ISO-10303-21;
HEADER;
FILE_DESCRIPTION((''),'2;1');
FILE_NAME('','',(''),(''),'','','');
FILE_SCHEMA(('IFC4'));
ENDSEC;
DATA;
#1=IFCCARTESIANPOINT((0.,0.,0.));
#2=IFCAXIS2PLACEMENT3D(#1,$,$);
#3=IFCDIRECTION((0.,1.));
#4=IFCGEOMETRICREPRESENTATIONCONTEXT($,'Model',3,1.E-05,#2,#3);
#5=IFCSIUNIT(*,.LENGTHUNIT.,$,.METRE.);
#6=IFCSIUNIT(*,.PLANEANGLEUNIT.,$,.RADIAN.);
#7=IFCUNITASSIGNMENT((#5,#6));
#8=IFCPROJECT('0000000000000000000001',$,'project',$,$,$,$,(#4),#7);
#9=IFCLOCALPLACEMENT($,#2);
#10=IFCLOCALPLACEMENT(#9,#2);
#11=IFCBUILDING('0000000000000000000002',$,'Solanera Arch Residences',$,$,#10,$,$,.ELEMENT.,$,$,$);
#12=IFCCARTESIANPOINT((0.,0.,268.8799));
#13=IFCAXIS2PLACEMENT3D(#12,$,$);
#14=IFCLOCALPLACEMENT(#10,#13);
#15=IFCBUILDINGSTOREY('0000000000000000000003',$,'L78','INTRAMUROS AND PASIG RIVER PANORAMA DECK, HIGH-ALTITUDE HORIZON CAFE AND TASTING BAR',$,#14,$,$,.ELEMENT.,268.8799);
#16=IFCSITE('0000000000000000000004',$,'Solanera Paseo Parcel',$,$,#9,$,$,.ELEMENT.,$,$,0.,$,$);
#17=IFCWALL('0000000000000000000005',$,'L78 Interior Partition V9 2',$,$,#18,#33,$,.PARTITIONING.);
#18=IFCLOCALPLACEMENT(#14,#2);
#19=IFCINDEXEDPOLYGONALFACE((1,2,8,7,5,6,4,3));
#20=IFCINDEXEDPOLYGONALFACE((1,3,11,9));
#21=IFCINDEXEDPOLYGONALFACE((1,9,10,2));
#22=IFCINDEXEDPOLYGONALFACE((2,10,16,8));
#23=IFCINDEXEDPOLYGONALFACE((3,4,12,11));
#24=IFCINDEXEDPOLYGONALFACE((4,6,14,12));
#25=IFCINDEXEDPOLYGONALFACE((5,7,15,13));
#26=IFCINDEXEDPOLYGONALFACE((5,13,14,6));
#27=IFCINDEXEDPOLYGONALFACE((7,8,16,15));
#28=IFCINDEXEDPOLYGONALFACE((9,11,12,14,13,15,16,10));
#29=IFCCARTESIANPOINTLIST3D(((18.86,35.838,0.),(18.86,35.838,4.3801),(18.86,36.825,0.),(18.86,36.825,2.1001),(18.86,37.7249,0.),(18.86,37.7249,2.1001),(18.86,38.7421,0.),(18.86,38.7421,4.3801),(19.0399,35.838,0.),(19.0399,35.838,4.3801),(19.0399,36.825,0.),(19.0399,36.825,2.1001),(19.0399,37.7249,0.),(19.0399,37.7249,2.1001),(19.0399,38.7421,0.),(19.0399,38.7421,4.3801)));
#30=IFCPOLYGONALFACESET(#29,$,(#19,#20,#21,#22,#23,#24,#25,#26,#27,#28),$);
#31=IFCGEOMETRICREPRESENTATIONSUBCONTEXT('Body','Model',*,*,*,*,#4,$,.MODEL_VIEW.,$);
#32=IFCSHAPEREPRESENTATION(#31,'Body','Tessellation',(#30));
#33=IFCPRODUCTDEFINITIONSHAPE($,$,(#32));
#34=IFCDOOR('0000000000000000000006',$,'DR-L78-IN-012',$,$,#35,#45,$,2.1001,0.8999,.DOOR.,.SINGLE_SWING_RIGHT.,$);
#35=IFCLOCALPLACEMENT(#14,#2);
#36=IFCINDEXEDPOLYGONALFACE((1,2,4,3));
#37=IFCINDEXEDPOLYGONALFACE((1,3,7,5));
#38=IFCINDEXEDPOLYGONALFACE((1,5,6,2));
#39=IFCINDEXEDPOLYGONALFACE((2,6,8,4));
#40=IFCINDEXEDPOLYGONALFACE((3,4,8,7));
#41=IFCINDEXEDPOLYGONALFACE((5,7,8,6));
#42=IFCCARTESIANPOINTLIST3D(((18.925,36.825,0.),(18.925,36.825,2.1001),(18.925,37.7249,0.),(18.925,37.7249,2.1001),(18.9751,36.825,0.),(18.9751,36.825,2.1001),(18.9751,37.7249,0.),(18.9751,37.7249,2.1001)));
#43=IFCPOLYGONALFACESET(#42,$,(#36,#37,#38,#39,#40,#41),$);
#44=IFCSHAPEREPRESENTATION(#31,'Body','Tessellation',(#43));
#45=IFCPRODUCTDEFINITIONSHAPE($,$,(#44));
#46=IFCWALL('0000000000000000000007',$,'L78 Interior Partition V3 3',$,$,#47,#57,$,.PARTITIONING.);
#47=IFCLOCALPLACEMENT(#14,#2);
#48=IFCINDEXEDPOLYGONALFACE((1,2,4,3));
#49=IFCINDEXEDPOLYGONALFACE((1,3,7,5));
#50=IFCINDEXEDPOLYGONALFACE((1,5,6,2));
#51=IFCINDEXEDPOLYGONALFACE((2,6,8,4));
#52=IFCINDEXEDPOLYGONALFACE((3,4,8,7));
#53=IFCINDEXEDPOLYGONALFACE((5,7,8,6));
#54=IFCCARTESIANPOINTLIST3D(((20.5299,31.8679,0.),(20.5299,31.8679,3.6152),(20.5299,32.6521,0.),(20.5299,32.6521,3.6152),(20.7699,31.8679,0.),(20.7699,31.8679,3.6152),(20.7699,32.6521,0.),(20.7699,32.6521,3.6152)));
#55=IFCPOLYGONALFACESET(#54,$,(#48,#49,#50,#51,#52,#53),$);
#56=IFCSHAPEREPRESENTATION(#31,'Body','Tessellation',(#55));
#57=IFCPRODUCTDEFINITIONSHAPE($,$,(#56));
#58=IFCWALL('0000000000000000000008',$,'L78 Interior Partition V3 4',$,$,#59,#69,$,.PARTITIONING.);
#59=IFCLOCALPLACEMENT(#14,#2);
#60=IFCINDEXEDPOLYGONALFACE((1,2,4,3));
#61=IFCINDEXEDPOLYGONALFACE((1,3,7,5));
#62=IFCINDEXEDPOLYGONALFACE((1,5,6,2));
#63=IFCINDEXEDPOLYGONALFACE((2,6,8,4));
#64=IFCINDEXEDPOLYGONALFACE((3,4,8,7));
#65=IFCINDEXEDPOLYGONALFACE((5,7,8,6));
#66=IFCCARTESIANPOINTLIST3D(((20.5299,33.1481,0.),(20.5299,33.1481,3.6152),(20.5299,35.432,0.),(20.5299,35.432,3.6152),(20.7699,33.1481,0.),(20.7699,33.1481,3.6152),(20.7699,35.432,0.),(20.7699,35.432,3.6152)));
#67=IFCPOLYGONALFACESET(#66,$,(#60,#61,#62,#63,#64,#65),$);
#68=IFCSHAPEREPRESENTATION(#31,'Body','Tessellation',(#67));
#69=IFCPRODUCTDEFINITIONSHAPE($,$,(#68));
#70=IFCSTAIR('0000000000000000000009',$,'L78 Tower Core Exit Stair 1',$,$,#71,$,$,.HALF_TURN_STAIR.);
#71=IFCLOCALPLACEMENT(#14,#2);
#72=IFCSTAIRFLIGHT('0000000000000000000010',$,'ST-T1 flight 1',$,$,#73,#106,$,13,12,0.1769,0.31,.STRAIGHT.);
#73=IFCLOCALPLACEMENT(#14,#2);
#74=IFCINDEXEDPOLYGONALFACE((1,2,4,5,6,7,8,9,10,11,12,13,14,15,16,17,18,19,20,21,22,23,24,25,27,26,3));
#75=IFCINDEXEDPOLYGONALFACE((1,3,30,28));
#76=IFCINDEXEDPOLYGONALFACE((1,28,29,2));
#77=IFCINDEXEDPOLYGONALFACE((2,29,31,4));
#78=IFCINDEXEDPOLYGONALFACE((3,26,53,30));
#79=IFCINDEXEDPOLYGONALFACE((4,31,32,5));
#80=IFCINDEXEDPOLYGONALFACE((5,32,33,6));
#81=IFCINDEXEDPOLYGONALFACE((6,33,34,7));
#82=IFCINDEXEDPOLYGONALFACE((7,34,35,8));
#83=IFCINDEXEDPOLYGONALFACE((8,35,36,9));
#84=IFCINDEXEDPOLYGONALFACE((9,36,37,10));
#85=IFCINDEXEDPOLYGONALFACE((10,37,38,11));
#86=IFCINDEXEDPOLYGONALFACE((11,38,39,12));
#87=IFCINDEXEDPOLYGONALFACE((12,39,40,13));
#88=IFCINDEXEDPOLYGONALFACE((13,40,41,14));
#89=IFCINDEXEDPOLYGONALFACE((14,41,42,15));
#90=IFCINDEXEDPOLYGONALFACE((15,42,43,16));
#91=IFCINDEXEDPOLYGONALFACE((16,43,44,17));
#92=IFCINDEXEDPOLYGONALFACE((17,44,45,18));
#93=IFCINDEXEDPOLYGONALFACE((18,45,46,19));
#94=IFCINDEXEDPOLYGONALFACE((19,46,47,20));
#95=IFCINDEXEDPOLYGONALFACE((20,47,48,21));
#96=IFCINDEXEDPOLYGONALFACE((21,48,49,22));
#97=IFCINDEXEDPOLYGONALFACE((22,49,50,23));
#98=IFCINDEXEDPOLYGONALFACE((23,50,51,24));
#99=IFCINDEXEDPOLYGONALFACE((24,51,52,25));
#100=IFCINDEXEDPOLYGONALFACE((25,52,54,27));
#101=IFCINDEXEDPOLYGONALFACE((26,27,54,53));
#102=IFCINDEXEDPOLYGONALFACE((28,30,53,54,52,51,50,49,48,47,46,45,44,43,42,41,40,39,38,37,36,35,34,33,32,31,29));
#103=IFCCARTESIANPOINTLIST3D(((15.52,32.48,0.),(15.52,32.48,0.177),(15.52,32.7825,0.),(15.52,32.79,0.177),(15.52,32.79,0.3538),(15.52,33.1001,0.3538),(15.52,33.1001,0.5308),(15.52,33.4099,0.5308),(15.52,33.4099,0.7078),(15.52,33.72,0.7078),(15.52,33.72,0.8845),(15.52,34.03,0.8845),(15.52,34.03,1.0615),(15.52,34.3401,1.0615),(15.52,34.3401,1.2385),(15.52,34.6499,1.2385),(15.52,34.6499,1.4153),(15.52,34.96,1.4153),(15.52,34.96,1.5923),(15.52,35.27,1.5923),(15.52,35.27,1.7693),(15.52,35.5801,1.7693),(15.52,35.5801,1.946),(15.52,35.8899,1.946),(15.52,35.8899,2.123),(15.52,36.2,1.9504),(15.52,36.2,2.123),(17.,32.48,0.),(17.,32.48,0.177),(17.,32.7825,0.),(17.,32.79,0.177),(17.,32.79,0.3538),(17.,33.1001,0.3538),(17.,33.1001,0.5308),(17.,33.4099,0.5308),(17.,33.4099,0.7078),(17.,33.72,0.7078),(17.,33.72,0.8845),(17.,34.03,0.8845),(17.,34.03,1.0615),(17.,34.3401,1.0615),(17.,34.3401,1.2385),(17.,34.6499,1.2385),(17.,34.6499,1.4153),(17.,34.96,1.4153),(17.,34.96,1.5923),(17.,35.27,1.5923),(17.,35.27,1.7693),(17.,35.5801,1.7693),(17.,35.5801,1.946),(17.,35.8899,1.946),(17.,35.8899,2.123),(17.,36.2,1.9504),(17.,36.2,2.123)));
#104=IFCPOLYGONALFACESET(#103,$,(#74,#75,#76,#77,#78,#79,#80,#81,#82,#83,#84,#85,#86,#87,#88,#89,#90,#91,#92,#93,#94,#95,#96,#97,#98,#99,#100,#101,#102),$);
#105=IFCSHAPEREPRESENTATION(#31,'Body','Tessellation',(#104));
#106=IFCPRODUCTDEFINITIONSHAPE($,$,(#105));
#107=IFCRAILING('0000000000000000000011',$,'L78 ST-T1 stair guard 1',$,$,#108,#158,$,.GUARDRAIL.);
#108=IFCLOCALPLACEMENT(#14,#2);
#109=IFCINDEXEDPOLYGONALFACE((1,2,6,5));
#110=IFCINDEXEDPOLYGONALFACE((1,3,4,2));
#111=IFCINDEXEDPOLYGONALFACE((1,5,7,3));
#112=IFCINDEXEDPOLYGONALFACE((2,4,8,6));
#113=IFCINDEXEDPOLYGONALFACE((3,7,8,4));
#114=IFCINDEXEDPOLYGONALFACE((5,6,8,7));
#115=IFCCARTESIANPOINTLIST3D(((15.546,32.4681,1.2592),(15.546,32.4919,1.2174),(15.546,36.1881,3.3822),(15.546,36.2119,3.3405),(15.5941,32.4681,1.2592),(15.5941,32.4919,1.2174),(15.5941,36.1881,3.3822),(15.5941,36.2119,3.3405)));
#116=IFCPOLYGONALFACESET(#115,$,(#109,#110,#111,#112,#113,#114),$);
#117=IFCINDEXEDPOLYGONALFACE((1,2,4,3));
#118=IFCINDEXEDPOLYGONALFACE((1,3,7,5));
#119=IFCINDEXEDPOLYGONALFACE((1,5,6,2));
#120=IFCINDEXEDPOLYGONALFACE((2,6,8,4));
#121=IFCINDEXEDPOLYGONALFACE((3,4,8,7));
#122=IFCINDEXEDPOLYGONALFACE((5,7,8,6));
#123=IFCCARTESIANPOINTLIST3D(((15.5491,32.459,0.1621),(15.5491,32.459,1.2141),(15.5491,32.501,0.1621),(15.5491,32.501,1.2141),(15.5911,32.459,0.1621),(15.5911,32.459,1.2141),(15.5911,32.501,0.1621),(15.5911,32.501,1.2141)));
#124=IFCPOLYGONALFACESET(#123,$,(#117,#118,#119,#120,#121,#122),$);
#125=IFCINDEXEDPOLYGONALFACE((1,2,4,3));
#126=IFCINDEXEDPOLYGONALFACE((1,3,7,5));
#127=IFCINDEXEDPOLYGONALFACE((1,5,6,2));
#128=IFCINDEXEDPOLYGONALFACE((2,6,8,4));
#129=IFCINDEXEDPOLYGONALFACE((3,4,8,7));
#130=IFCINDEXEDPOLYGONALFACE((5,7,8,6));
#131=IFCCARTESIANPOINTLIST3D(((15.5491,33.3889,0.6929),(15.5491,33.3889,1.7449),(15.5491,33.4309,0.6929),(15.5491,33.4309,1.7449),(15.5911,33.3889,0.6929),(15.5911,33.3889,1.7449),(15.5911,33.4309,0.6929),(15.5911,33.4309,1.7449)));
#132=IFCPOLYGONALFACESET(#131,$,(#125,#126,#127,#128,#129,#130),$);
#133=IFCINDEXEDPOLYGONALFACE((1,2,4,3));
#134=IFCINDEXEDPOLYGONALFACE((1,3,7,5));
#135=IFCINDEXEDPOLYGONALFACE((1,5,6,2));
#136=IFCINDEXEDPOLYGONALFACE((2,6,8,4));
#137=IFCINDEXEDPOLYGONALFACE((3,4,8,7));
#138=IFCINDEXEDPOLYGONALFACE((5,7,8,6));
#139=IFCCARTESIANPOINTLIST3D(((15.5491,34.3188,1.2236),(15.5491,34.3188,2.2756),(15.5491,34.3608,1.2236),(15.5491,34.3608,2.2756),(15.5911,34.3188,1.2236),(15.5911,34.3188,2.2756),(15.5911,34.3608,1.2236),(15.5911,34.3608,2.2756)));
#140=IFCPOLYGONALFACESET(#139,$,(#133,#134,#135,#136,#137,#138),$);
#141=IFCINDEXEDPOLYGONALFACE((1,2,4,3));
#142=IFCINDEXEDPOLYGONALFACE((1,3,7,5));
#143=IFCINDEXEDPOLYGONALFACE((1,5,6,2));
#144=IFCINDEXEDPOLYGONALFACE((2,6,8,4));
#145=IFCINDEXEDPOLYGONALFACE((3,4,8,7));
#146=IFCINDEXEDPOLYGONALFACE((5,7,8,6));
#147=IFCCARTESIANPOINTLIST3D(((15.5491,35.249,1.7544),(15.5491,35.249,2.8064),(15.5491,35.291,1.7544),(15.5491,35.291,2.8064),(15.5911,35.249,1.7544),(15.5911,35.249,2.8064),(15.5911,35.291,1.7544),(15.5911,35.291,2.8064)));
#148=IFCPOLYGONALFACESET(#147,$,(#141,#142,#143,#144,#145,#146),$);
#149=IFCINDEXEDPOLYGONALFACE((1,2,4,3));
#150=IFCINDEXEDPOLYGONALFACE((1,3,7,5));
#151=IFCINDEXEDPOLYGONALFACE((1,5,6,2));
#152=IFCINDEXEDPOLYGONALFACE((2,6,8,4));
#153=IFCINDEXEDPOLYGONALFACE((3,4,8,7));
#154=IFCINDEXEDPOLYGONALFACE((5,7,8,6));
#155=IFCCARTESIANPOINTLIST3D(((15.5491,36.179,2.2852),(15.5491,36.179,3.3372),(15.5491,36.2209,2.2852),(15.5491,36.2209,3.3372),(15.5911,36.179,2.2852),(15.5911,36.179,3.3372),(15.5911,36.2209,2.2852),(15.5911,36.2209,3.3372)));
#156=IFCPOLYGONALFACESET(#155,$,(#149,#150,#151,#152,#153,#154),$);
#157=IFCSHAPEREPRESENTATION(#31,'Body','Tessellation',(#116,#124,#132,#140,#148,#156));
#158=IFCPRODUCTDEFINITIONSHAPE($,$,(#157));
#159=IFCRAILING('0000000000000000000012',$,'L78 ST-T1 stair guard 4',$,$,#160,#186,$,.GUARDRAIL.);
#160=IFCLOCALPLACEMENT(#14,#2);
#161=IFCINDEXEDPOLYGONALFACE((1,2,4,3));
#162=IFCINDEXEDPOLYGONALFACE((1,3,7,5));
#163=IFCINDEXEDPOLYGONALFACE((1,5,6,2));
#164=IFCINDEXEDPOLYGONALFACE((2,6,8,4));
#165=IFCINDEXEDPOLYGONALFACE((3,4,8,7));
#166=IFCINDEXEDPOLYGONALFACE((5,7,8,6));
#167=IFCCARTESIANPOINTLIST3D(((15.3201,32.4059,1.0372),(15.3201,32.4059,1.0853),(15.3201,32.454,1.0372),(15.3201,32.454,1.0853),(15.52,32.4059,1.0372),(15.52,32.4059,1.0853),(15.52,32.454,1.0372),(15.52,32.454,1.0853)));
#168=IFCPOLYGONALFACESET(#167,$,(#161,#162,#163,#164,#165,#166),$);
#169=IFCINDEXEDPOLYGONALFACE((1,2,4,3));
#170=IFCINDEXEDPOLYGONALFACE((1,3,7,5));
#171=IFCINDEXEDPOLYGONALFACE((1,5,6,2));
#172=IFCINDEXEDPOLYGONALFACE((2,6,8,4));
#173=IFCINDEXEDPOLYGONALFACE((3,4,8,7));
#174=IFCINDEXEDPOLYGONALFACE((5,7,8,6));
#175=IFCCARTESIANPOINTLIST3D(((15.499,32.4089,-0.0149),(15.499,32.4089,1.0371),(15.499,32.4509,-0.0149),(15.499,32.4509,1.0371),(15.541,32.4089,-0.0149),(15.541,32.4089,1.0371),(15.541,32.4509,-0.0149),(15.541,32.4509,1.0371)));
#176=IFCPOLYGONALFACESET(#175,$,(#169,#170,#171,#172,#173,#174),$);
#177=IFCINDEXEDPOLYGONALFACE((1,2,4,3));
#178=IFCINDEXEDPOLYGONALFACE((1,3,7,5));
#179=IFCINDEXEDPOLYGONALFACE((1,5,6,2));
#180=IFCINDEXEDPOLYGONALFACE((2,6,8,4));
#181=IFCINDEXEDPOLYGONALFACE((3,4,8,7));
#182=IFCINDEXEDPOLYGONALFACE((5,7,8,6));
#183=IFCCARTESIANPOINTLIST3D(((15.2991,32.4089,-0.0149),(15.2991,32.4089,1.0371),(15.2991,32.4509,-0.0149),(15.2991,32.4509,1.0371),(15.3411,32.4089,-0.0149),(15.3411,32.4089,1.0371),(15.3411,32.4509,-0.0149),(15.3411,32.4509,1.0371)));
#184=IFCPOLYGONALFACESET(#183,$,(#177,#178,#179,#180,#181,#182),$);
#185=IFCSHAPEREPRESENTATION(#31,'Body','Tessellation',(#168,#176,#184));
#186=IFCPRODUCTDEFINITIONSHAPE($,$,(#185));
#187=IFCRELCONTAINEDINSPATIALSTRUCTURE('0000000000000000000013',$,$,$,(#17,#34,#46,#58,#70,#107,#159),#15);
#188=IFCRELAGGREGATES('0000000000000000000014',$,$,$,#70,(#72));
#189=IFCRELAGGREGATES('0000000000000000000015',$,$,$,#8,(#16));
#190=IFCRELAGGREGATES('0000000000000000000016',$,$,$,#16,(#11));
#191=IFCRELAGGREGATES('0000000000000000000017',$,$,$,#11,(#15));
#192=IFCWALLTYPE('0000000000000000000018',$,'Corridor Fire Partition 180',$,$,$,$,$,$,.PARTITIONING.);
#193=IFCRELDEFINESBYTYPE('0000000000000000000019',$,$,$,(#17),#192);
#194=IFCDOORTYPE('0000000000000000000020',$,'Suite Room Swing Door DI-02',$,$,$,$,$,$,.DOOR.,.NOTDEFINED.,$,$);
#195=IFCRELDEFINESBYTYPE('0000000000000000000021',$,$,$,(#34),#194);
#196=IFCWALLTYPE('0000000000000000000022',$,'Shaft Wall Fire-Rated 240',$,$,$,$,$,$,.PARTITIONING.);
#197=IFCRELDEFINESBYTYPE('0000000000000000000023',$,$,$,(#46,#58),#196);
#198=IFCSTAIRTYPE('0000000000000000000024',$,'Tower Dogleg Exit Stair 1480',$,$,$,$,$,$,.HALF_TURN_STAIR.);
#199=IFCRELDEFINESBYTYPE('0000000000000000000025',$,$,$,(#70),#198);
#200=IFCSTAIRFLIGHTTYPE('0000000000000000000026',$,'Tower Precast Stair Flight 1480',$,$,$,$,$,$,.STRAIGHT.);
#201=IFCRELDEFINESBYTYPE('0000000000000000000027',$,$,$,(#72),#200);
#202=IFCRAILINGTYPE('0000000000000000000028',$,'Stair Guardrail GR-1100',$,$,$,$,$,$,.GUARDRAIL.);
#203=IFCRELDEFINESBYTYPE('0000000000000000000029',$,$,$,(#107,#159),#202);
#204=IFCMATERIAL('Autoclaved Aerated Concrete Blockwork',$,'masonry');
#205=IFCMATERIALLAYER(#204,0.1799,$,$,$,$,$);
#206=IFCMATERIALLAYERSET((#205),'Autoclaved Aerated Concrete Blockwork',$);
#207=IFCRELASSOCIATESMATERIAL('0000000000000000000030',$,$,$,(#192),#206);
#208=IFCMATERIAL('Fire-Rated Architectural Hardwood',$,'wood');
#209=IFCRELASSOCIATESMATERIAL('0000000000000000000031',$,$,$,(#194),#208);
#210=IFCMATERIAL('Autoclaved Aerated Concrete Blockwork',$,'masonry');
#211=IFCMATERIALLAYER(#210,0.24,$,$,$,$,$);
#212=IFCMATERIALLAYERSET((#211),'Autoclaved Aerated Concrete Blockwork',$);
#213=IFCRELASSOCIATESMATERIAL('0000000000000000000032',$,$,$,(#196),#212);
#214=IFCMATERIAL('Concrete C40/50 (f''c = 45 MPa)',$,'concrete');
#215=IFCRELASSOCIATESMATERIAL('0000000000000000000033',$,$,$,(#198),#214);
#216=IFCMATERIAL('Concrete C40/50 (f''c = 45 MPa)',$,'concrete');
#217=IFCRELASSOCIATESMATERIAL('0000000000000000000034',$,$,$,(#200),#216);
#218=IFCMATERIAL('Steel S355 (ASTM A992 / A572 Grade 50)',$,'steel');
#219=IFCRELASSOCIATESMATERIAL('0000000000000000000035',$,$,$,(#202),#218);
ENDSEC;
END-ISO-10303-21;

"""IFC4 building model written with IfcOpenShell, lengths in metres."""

from ifc_helpers import new_model, si_unit, direction, frame, frame_2d, origin, origin_2d, place, context, subcontext, project, spatial, polyline, rectangle, outline, extrude, material, layer, layer_set, type_object, element, fill, aggregate, save


model = new_model("IFC4")

# Units and contexts
model_context = context("Model", 3, precision=1e-05, world=origin(), true_north=direction((0.0, 1.0)))
body_context = subcontext(model_context, "Body", "Model", "MODEL_VIEW")
ifc_project = project(units=[si_unit("LENGTHUNIT", "METRE"), si_unit("PLANEANGLEUNIT", "RADIAN")], contexts=[model_context])

# Site, building, storey
site_placement = place(None, origin())
site = spatial("IfcSite", under=ifc_project, at=site_placement, Name="Solanera Paseo Parcel", CompositionType="ELEMENT", RefElevation=0.0)
building_placement = place(site_placement, origin())
building = spatial("IfcBuilding", under=site, at=building_placement, Name="Solanera Arch Residences", CompositionType="ELEMENT")
storey_placement = place(building_placement, frame((0.0, 0.0, 268.8799)))
storey = spatial("IfcBuildingStorey", under=building, at=storey_placement, Name="L78", Description="INTRAMUROS AND PASIG RIVER PANORAMA DECK, HIGH-ALTITUDE HORIZON CAFE AND TASTING BAR", CompositionType="ELEMENT", Elevation=268.8799)

# Shared definitions
ifc_material_1 = material(Name="Autoclaved Aerated Concrete Blockwork", Category="masonry")
ifc_layer_1 = layer(ifc_material_1, 0.1799)
ifc_layer_set_1 = layer_set([ifc_layer_1], Name="Autoclaved Aerated Concrete Blockwork")
wall_type_1 = type_object("IfcWallType", Name="Corridor Fire Partition 180", PredefinedType="PARTITIONING", material=ifc_layer_set_1)
ifc_material_2 = material(Name="Fire-Rated Architectural Hardwood", Category="wood")
door_type_1 = type_object("IfcDoorType", Name="Suite Room Swing Door DI-02", OperationType="NOTDEFINED", PredefinedType="DOOR", material=ifc_material_2)

# Wall, opening, door
wall_1_placement = place(storey_placement, frame((18.95, 35.8379, 0.0), z_axis=(0.0, 0.0, 1.0), x_axis=(0.0, 1.0, 0.0)))
wall_1 = element("IfcWall", 1, at=wall_1_placement, inside=storey, type_object=wall_type_1, Name="L78 Interior Partition V9 2", PredefinedType="PARTITIONING", context=body_context, shape_type="SweptSolid", body=[
    extrude(rectangle(XDim=2.9041, YDim=0.1799, at=frame_2d((1.4521, 0.0))), origin(), (0.0, 0.0, 1.0), 4.3801),
])
opening_1_placement = place(wall_1_placement, frame((0.9871, 0.0, 0.0)))
opening_1 = element("IfcOpeningElement", 2, at=opening_1_placement, cuts=wall_1, PredefinedType="OPENING", context=body_context, shape_type="SweptSolid", body=[
    extrude(rectangle(XDim=0.8999, YDim=2.1001, at=frame_2d((0.45, 1.05))), frame((0.0, 0.1001, 0.0), z_axis=(0.0, -1.0, 0.0), x_axis=(1.0, 0.0, 0.0)), (0.0, 0.0, 1.0), 0.1999),
])
door_1_placement = place(opening_1_placement, origin())
door_1 = element("IfcDoor", 3, at=door_1_placement, inside=storey, type_object=door_type_1, Name="DR-L78-IN-012", OperationType="SINGLE_SWING_RIGHT", OverallHeight=2.1001, OverallWidth=0.8999, PredefinedType="DOOR", context=body_context, shape_type="SweptSolid", body=[
    extrude(rectangle(XDim=0.8999, YDim=2.1001, at=frame_2d((0.45, 1.05))), frame((0.0, 0.0249, 0.0), z_axis=(0.0, -1.0, 0.0), x_axis=(1.0, 0.0, 0.0)), (0.0, 0.0, 1.0), 0.05),
])
fill(opening_1, door_1)
ifc_material_3 = material(Name="Autoclaved Aerated Concrete Blockwork", Category="masonry")
ifc_layer_2 = layer(ifc_material_3, 0.24)
ifc_layer_set_2 = layer_set([ifc_layer_2], Name="Autoclaved Aerated Concrete Blockwork")
wall_type_2 = type_object("IfcWallType", Name="Shaft Wall Fire-Rated 240", PredefinedType="PARTITIONING", material=ifc_layer_set_2)

# Walls
wall_2_placement = place(storey_placement, frame((20.6499, 31.8679, 0.0), z_axis=(0.0, 0.0, 1.0), x_axis=(0.0, 1.0, 0.0)))
element("IfcWall", 4, at=wall_2_placement, inside=storey, type_object=wall_type_2, Name="L78 Interior Partition V3 3", PredefinedType="PARTITIONING", context=body_context, shape_type="SweptSolid", body=[
    extrude(rectangle(XDim=0.7842, YDim=0.24, at=frame_2d((0.3921, 0.0))), origin(), (0.0, 0.0, 1.0), 3.6152),
])
wall_3_placement = place(storey_placement, frame((20.6499, 33.1479, 0.0), z_axis=(0.0, 0.0, 1.0), x_axis=(0.0, 1.0, 0.0)))
element("IfcWall", 5, at=wall_3_placement, inside=storey, type_object=wall_type_2, Name="L78 Interior Partition V3 4", PredefinedType="PARTITIONING", context=body_context, shape_type="SweptSolid", body=[
    extrude(rectangle(XDim=2.2839, YDim=0.24, at=frame_2d((1.1421, 0.0))), origin(), (0.0, 0.0, 1.0), 3.6152),
])

# Stair, stair flight
ifc_material_4 = material(Name="Concrete C40/50 (f'c = 45 MPa)", Category="concrete")
stair_type = type_object("IfcStairType", Name="Tower Dogleg Exit Stair 1480", PredefinedType="HALF_TURN_STAIR", material=ifc_material_4)
stair_placement = place(storey_placement, origin())
stair = element("IfcStair", 6, at=stair_placement, inside=storey, type_object=stair_type, Name="L78 Tower Core Exit Stair 1", PredefinedType="HALF_TURN_STAIR")
ifc_material_5 = material(Name="Concrete C40/50 (f'c = 45 MPa)", Category="concrete")
stair_flight_type = type_object("IfcStairFlightType", Name="Tower Precast Stair Flight 1480", PredefinedType="STRAIGHT", material=ifc_material_5)
stair_flight_placement = place(storey_placement, frame((16.26, 32.48, 0.0), z_axis=(0.0, 0.0, 1.0), x_axis=(0.0, 1.0, 0.0)))
stair_flight = element("IfcStairFlight", 7, at=stair_flight_placement, type_object=stair_flight_type, Name="ST-T1 flight 1", NumberOfRisers=13, NumberOfTreads=12, PredefinedType="STRAIGHT", RiserHeight=0.1769, TreadLength=0.31, context=body_context, shape_type="SweptSolid", body=[
    extrude(outline(polyline([(0.0, 0.0), (0.0, 0.177), (0.3101, 0.177), (0.3101, 0.3538), (0.6201, 0.3538), (0.6201, 0.5308), (0.9299, 0.5308), (0.9299, 0.7078), (1.24, 0.7078), (1.24, 0.8845), (1.55, 0.8845), (1.55, 1.0615), (1.8601, 1.0615), (1.8601, 1.2385), (2.1699, 1.2385), (2.1699, 1.4153), (2.48, 1.4153), (2.48, 1.5923), (2.79, 1.5923), (2.79, 1.7693), (3.1001, 1.7693), (3.1001, 1.946), (3.4099, 1.946), (3.4099, 2.123), (3.72, 2.123), (3.72, 2.3), (3.72, 1.9504), (0.3025, 0.0), (0.0, 0.0)])), frame((0.0, 0.74, 0.0), z_axis=(0.0, -1.0, 0.0), x_axis=(1.0, 0.0, 0.0)), (0.0, 0.0, 1.0), 1.48),
])
aggregate(stair, [stair_flight])

# Railings
ifc_material_6 = material(Name="Steel S355 (ASTM A992 / A572 Grade 50)", Category="steel")
railing_type_1 = type_object("IfcRailingType", Name="Stair Guardrail GR-1100", PredefinedType="GUARDRAIL", material=ifc_material_6)
railing_1_placement = place(storey_placement, frame((15.5701, 32.48, 0.1621)))
element("IfcRailing", 8, at=railing_1_placement, inside=storey, type_object=railing_type_1, Name="L78 ST-T1 stair guard 1", PredefinedType="GUARDRAIL", context=body_context, shape_type="SweptSolid", body=[
    extrude(rectangle(XDim=0.0481, YDim=0.0481, at=origin_2d()), frame((0.0, 0.0, 1.0762), z_axis=(0.0, 0.86851, 0.495672), x_axis=(-1.0, 0.0, 0.0)), (0.0, 0.0, 1.0), 4.2832),
    extrude(rectangle(XDim=0.042, YDim=0.042, at=origin_2d()), origin(), (0.0, 0.0, 1.0), 1.052),
    extrude(rectangle(XDim=0.042, YDim=0.042, at=origin_2d()), frame((0.0, 0.9299, 0.5308)), (0.0, 0.0, 1.0), 1.052),
    extrude(rectangle(XDim=0.042, YDim=0.042, at=origin_2d()), frame((0.0, 1.8599, 1.0615)), (0.0, 0.0, 1.0), 1.052),
    extrude(rectangle(XDim=0.042, YDim=0.042, at=origin_2d()), frame((0.0, 2.79, 1.5923)), (0.0, 0.0, 1.0), 1.052),
    extrude(rectangle(XDim=0.042, YDim=0.042, at=origin_2d()), frame((0.0, 3.72, 2.123)), (0.0, 0.0, 1.0), 1.052),
])
railing_2_placement = place(storey_placement, frame((15.52, 32.4299, -0.0149)))
element("IfcRailing", 9, at=railing_2_placement, inside=storey, type_object=railing_type_1, Name="L78 ST-T1 stair guard 4", PredefinedType="GUARDRAIL", context=body_context, shape_type="SweptSolid", body=[
    extrude(rectangle(XDim=0.0481, YDim=0.0481, at=origin_2d()), frame((0.0, 0.0, 1.0762), z_axis=(-1.0, 0.0, 0.0), x_axis=(0.0, -1.0, 0.0)), (0.0, 0.0, 1.0), 0.2),
    extrude(rectangle(XDim=0.042, YDim=0.042, at=origin_2d()), origin(), (0.0, 0.0, 1.0), 1.052),
    extrude(rectangle(XDim=0.042, YDim=0.042, at=origin_2d()), frame((-0.2, 0.0, 0.0)), (0.0, 0.0, 1.0), 1.052),
])

save(model, "model.ifc")
